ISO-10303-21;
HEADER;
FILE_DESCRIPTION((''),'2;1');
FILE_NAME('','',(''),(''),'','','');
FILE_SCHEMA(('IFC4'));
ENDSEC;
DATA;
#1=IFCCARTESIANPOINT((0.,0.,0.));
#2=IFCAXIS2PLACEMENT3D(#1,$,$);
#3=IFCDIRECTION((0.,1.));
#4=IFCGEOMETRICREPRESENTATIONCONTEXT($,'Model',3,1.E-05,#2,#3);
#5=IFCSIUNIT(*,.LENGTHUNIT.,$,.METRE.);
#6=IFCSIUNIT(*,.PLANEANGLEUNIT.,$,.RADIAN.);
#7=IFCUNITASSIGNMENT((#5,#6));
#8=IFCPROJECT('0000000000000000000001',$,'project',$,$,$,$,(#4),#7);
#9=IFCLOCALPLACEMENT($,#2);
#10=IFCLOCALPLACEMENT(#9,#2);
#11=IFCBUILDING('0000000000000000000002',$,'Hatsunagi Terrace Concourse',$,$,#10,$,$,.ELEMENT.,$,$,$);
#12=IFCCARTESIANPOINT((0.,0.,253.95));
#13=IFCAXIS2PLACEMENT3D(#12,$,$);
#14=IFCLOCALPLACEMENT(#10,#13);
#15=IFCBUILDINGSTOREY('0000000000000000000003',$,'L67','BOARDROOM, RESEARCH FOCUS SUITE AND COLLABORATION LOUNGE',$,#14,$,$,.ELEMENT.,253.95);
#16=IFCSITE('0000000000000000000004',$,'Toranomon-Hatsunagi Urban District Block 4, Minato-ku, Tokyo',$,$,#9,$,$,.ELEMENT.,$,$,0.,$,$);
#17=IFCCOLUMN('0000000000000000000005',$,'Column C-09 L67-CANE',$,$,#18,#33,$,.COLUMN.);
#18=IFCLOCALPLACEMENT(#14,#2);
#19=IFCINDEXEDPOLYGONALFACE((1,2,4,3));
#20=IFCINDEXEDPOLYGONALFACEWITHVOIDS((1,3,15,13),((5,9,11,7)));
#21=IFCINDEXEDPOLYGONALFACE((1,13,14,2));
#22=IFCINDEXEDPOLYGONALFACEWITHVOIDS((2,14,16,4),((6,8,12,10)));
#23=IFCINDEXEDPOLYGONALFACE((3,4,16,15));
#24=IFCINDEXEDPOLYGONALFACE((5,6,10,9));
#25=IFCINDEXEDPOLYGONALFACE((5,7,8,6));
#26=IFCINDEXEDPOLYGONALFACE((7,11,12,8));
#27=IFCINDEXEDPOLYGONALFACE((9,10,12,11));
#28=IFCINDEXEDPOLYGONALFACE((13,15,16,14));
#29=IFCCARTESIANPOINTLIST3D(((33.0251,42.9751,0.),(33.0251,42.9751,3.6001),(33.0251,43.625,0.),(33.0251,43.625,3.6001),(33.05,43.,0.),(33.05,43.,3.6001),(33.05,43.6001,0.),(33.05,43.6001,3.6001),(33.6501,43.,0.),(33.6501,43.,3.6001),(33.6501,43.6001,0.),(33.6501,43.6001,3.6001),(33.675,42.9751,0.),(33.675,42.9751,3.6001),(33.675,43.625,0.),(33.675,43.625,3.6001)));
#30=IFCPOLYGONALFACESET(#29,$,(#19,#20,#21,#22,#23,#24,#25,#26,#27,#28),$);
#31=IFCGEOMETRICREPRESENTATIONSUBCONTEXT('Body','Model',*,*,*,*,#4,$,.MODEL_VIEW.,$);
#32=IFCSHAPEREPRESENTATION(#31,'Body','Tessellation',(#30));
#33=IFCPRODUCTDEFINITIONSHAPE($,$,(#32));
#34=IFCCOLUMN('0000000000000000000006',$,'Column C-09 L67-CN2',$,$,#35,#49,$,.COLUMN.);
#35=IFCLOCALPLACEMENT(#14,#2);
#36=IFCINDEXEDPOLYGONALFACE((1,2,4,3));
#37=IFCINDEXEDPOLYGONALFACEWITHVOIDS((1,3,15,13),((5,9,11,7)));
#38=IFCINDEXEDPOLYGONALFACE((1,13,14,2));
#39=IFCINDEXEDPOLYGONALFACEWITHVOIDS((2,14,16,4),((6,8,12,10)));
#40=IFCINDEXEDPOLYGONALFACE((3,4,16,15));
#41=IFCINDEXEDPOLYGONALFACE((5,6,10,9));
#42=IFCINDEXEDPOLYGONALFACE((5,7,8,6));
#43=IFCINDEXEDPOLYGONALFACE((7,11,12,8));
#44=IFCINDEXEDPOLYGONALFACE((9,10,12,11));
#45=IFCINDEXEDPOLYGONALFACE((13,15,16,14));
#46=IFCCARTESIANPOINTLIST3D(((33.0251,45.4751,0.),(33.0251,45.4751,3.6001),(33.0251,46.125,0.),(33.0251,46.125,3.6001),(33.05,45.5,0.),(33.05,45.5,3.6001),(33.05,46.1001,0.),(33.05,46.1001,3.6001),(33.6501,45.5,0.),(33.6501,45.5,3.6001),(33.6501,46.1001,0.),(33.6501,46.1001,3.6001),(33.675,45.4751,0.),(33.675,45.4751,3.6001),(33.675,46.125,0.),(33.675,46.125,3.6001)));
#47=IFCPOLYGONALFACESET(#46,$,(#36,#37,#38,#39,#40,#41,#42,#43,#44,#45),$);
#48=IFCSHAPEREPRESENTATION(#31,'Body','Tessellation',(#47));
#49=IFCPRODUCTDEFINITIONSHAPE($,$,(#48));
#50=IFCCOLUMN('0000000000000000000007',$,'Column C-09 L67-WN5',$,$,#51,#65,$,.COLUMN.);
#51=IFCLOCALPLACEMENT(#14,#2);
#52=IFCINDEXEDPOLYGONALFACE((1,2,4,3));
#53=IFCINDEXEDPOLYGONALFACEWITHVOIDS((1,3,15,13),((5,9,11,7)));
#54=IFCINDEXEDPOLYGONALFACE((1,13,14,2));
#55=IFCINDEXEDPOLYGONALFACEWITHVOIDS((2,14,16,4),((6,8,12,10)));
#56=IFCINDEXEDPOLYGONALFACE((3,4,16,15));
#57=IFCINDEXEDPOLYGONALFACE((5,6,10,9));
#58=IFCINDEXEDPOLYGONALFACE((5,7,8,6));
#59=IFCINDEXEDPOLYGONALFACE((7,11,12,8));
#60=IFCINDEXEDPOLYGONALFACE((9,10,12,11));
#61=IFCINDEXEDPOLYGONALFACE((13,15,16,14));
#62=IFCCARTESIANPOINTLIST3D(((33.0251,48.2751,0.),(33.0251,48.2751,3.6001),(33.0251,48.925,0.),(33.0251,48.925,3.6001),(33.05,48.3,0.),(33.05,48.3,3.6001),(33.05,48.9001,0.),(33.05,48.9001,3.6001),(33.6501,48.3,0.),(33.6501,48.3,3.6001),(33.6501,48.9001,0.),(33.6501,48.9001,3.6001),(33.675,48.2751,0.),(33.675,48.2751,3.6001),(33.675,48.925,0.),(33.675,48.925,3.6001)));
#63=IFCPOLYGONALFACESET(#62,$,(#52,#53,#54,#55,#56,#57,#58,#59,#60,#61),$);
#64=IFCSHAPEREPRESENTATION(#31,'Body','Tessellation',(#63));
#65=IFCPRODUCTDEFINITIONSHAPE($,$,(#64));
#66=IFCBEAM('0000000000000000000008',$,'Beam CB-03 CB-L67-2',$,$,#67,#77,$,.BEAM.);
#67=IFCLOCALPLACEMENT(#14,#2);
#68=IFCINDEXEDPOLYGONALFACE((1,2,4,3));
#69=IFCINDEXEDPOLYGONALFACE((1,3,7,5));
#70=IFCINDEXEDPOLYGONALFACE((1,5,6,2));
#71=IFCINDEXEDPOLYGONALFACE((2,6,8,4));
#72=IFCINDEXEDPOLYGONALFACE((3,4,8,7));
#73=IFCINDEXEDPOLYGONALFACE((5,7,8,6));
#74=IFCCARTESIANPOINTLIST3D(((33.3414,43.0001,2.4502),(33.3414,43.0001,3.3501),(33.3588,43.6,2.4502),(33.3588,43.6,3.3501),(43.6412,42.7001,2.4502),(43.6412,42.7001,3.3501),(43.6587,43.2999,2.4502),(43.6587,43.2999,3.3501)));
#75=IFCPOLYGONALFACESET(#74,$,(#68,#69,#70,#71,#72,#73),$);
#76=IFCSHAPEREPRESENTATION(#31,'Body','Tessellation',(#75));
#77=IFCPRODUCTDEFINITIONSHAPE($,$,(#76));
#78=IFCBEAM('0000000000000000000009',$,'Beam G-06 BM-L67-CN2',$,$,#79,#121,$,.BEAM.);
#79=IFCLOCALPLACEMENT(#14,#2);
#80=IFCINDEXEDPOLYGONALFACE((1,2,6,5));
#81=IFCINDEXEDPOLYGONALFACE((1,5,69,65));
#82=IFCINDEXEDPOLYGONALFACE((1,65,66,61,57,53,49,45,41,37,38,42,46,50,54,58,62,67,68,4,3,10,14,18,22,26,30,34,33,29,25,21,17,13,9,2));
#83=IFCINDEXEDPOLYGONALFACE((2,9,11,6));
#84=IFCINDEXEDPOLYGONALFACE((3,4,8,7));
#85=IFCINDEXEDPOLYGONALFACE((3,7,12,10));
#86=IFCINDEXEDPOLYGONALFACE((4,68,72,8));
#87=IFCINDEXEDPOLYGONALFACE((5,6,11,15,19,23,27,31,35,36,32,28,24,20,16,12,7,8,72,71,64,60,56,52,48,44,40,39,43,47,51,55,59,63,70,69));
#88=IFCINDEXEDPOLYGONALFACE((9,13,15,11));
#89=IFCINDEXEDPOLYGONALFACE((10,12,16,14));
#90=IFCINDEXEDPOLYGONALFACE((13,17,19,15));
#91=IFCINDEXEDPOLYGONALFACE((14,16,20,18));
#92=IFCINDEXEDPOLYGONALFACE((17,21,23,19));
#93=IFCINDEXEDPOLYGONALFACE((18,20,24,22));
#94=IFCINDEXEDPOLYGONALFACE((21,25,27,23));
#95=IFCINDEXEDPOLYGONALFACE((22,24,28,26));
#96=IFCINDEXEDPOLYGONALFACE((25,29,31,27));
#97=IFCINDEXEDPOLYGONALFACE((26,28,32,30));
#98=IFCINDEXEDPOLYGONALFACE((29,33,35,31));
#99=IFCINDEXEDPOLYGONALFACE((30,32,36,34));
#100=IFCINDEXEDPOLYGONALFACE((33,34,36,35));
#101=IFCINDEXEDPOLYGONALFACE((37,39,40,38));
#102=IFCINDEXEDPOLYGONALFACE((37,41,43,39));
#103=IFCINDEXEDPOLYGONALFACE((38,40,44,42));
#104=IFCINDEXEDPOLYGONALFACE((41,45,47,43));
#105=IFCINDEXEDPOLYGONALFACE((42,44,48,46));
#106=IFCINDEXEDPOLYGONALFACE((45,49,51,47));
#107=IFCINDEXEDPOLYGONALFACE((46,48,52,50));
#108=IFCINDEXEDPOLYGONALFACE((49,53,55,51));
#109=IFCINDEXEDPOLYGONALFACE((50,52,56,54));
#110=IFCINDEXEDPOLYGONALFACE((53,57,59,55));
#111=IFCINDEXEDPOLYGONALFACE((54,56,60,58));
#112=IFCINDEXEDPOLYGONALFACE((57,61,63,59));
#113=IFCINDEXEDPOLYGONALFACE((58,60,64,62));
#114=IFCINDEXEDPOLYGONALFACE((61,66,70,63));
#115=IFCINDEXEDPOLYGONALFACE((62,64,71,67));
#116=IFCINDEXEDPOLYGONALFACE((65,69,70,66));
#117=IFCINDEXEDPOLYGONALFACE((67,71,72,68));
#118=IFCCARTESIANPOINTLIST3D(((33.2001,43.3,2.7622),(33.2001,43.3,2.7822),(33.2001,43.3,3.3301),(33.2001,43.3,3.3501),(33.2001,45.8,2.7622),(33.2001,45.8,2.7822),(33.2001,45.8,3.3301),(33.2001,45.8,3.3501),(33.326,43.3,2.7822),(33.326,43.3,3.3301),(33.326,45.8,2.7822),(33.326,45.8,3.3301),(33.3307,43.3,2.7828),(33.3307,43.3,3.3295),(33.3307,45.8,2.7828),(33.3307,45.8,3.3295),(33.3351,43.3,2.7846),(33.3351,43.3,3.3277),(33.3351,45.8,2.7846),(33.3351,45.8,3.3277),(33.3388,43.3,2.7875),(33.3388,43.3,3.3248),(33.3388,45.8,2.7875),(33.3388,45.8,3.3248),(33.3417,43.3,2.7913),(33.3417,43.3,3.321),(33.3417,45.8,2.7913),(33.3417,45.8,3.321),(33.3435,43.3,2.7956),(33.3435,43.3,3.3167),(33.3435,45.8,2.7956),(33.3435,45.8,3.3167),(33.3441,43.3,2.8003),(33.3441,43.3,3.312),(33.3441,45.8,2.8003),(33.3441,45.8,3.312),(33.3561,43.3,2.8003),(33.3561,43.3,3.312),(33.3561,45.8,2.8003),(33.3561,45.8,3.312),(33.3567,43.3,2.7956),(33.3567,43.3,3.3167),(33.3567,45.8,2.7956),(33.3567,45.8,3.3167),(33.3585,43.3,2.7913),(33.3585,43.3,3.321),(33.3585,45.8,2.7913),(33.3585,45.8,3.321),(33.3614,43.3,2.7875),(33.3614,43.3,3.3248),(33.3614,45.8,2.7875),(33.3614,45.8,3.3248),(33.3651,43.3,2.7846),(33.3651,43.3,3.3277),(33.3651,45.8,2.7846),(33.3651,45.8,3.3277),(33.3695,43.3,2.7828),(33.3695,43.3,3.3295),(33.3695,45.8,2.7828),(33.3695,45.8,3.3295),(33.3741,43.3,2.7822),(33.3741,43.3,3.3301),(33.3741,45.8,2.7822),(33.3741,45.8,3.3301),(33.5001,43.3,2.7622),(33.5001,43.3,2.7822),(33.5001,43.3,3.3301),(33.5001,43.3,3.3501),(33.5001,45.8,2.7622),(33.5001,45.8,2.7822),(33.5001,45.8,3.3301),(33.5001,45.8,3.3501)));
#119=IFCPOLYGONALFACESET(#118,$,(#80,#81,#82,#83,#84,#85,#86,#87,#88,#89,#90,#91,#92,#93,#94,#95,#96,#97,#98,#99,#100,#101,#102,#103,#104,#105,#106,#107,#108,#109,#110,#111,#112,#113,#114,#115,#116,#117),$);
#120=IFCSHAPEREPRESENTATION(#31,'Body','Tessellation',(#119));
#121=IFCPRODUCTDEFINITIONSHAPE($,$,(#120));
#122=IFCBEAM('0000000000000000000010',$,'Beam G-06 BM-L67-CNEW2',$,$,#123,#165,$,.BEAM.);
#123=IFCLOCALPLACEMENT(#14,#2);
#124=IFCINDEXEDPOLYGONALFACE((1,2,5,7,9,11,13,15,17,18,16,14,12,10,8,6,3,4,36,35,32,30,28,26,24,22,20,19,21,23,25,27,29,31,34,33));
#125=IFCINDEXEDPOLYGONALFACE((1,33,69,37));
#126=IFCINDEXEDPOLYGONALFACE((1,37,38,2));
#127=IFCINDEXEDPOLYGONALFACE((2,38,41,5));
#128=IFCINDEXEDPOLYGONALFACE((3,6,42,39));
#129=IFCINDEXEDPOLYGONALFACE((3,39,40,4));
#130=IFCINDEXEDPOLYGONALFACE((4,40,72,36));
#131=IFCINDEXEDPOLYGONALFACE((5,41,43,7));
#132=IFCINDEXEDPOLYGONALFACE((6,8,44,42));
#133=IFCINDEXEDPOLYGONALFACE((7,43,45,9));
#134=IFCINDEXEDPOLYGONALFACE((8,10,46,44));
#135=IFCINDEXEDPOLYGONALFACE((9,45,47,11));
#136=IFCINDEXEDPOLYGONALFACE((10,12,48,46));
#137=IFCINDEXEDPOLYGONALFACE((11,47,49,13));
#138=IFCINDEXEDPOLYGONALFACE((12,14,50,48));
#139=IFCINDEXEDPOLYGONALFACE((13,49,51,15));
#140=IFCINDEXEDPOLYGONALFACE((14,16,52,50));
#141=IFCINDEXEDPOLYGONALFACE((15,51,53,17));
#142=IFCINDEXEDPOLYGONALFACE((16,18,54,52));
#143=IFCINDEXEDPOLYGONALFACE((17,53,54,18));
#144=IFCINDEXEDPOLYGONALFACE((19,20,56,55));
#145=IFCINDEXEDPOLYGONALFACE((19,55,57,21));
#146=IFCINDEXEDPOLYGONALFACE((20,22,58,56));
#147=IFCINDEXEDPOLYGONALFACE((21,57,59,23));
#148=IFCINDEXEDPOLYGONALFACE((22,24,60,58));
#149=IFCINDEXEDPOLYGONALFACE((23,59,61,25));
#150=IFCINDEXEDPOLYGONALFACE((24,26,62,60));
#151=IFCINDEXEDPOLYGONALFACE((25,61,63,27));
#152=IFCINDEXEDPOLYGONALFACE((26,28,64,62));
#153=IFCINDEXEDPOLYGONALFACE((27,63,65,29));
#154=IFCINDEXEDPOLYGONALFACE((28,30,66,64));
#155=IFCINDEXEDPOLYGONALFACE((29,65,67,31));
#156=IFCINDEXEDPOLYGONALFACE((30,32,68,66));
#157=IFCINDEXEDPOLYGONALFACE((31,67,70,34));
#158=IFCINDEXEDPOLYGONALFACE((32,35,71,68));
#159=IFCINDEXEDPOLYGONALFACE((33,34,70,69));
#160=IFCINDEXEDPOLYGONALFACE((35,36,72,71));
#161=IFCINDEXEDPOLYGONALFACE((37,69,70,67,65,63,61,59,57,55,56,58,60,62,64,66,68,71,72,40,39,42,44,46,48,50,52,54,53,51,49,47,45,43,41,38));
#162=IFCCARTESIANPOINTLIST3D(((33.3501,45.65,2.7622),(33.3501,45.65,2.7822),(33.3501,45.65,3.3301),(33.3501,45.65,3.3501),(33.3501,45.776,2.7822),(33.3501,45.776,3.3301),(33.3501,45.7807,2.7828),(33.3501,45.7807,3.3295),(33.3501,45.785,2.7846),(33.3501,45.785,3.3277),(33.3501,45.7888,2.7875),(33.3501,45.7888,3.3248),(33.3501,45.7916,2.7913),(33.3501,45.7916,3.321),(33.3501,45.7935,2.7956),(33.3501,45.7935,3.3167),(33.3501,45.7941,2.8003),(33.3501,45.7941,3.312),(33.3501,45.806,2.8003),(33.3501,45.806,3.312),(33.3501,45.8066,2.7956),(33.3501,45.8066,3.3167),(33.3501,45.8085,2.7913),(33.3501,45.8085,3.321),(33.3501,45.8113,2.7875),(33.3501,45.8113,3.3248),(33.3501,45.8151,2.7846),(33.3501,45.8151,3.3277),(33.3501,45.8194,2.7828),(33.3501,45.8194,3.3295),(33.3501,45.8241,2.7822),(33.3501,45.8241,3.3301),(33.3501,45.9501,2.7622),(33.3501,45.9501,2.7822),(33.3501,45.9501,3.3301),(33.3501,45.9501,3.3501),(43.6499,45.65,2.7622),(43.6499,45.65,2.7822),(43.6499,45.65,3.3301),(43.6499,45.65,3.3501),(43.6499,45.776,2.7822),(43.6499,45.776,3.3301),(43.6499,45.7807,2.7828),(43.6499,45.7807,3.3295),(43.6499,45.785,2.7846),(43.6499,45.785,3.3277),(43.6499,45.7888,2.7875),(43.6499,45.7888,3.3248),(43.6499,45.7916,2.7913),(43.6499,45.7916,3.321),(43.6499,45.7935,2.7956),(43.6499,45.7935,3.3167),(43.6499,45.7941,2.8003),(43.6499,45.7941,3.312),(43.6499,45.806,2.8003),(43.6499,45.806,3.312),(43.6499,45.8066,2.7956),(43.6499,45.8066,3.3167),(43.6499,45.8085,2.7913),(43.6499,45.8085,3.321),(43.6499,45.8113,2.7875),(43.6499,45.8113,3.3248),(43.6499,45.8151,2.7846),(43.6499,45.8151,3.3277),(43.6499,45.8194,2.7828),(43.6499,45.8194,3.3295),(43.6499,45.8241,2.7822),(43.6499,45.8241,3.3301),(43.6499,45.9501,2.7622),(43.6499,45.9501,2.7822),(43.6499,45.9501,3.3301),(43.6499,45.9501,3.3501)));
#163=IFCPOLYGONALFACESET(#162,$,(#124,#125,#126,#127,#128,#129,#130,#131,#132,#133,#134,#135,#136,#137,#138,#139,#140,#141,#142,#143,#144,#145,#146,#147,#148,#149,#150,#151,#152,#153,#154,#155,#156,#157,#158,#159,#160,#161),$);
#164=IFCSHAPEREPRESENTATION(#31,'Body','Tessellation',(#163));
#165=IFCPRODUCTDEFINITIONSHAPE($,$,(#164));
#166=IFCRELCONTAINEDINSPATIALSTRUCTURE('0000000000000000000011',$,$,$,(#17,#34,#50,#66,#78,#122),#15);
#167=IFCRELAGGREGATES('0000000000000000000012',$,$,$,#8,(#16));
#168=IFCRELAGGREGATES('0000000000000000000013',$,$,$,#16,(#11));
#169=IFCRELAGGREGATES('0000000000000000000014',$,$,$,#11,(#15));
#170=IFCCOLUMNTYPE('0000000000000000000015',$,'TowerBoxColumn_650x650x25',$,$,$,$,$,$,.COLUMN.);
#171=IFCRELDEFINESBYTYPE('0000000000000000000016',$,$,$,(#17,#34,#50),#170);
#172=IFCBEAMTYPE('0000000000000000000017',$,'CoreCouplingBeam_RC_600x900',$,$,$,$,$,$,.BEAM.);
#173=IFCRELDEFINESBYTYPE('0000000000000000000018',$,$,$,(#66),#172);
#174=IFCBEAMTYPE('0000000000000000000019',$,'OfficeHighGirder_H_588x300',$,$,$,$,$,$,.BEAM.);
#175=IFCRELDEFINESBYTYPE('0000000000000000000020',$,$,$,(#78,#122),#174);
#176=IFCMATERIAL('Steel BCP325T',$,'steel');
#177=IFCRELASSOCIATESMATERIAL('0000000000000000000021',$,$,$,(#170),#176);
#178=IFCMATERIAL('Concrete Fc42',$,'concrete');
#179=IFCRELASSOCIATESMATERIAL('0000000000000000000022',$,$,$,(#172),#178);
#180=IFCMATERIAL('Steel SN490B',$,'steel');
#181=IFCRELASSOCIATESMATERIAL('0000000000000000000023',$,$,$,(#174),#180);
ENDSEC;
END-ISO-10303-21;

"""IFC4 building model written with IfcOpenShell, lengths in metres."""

from ifc_helpers import new_model, si_unit, direction, frame, origin, origin_2d, place, context, subcontext, project, spatial, rectangle, hollow_rectangle, i_section, extrude, material, material_profile, profile_set, type_object, element, save


model = new_model("IFC4")

# Units and contexts
model_context = context("Model", 3, precision=1e-05, world=origin(), true_north=direction((0.0, 1.0)))
body_context = subcontext(model_context, "Body", "Model", "MODEL_VIEW")
ifc_project = project(units=[si_unit("LENGTHUNIT", "METRE"), si_unit("PLANEANGLEUNIT", "RADIAN")], contexts=[model_context])

# Site, building, storey
site_placement = place(None, origin())
site = spatial("IfcSite", under=ifc_project, at=site_placement, Name="Toranomon-Hatsunagi Urban District Block 4, Minato-ku, Tokyo", CompositionType="ELEMENT", RefElevation=0.0)
building_placement = place(site_placement, origin())
building = spatial("IfcBuilding", under=site, at=building_placement, Name="Hatsunagi Terrace Concourse", CompositionType="ELEMENT")
storey_placement = place(building_placement, frame((0.0, 0.0, 253.95)))
storey = spatial("IfcBuildingStorey", under=building, at=storey_placement, Name="L67", Description="BOARDROOM, RESEARCH FOCUS SUITE AND COLLABORATION LOUNGE", CompositionType="ELEMENT", Elevation=253.95)

# Columns
ifc_material_1 = material(Name="Steel BCP325T", Category="steel")
ifc_material_profile_1 = material_profile(ifc_material_1, hollow_rectangle(XDim=0.6499, YDim=0.6499, WallThickness=0.0249, at=origin_2d()), Name="BCP-650x650x25")
ifc_profile_set_1 = profile_set([ifc_material_profile_1], Name="Steel BCP325T")
column_type = type_object("IfcColumnType", Name="TowerBoxColumn_650x650x25", PredefinedType="COLUMN", material=ifc_profile_set_1)
for number, where, z_axis, x_axis, name in (
    (1, (33.3501, 43.3, 0.0), (0.0, 0.0, 1.0), (1.0, 0.0, 0.0), "Column C-09 L67-CANE"),
    (2, (33.3501, 45.8, 0.0), (0.0, 0.0, 1.0), (1.0, 0.0, 0.0), "Column C-09 L67-CN2"),
    (3, (33.3501, 48.6001, 0.0), (0.0, 0.0, 1.0), (1.0, 0.0, 0.0), "Column C-09 L67-WN5"),
):
    element("IfcColumn", number, at=place(storey_placement, frame(where, z_axis=z_axis, x_axis=x_axis)), inside=storey, type_object=column_type, Name=name, PredefinedType="COLUMN", context=body_context, shape_type="SweptSolid", body=[
        extrude(hollow_rectangle(XDim=0.6499, YDim=0.6499, WallThickness=0.0249, at=origin_2d()), origin(), (0.0, 0.0, 1.0), 3.6001),
    ])

# Beams
ifc_material_2 = material(Name="Concrete Fc42", Category="concrete")
ifc_material_profile_2 = material_profile(ifc_material_2, rectangle(XDim=0.6001, YDim=0.8999, at=origin_2d()), Name="RC-600x900")
ifc_profile_set_2 = profile_set([ifc_material_profile_2], Name="Concrete Fc42")
beam_type_1 = type_object("IfcBeamType", Name="CoreCouplingBeam_RC_600x900", PredefinedType="BEAM", material=ifc_profile_set_2)
beam_1_placement = place(storey_placement, frame((33.3501, 43.3, 2.9001), z_axis=(0.999576, -0.029119, 0.0), x_axis=(0.029119, 0.999576, 0.0)))
element("IfcBeam", 4, at=beam_1_placement, inside=storey, type_object=beam_type_1, Name="Beam CB-03 CB-L67-2", PredefinedType="BEAM", context=body_context, shape_type="SweptSolid", body=[
    extrude(rectangle(XDim=0.6001, YDim=0.8999, at=origin_2d()), origin(), (0.0, 0.0, 1.0), 10.3042),
])
ifc_material_3 = material(Name="Steel SN490B", Category="steel")
ifc_material_profile_3 = material_profile(ifc_material_3, i_section(OverallWidth=0.3, OverallDepth=0.5879, WebThickness=0.012, FlangeThickness=0.02, FilletRadius=0.0181, at=origin_2d()), Name="H-588x300x12x20")
ifc_profile_set_3 = profile_set([ifc_material_profile_3], Name="Steel SN490B")
beam_type_2 = type_object("IfcBeamType", Name="OfficeHighGirder_H_588x300", PredefinedType="BEAM", material=ifc_profile_set_3)
beam_2_placement = place(storey_placement, frame((33.3501, 43.3, 3.0562), z_axis=(0.0, 1.0, 0.0), x_axis=(-1.0, 0.0, 0.0)))
element("IfcBeam", 5, at=beam_2_placement, inside=storey, type_object=beam_type_2, Name="Beam G-06 BM-L67-CN2", PredefinedType="BEAM", context=body_context, shape_type="SweptSolid", body=[
    extrude(i_section(OverallWidth=0.3, OverallDepth=0.5879, WebThickness=0.012, FlangeThickness=0.02, FilletRadius=0.0181, at=origin_2d()), origin(), (0.0, 0.0, 1.0), 2.5),
])
beam_3_placement = place(storey_placement, frame((33.3501, 45.8, 3.0562), z_axis=(1.0, 0.0, 0.0), x_axis=(0.0, 1.0, 0.0)))
element("IfcBeam", 6, at=beam_3_placement, inside=storey, type_object=beam_type_2, Name="Beam G-06 BM-L67-CNEW2", PredefinedType="BEAM", context=body_context, shape_type="SweptSolid", body=[
    extrude(i_section(OverallWidth=0.3, OverallDepth=0.5879, WebThickness=0.012, FlangeThickness=0.02, FilletRadius=0.0181, at=origin_2d()), origin(), (0.0, 0.0, 1.0), 10.2998),
])

save(model, "model.ifc")
